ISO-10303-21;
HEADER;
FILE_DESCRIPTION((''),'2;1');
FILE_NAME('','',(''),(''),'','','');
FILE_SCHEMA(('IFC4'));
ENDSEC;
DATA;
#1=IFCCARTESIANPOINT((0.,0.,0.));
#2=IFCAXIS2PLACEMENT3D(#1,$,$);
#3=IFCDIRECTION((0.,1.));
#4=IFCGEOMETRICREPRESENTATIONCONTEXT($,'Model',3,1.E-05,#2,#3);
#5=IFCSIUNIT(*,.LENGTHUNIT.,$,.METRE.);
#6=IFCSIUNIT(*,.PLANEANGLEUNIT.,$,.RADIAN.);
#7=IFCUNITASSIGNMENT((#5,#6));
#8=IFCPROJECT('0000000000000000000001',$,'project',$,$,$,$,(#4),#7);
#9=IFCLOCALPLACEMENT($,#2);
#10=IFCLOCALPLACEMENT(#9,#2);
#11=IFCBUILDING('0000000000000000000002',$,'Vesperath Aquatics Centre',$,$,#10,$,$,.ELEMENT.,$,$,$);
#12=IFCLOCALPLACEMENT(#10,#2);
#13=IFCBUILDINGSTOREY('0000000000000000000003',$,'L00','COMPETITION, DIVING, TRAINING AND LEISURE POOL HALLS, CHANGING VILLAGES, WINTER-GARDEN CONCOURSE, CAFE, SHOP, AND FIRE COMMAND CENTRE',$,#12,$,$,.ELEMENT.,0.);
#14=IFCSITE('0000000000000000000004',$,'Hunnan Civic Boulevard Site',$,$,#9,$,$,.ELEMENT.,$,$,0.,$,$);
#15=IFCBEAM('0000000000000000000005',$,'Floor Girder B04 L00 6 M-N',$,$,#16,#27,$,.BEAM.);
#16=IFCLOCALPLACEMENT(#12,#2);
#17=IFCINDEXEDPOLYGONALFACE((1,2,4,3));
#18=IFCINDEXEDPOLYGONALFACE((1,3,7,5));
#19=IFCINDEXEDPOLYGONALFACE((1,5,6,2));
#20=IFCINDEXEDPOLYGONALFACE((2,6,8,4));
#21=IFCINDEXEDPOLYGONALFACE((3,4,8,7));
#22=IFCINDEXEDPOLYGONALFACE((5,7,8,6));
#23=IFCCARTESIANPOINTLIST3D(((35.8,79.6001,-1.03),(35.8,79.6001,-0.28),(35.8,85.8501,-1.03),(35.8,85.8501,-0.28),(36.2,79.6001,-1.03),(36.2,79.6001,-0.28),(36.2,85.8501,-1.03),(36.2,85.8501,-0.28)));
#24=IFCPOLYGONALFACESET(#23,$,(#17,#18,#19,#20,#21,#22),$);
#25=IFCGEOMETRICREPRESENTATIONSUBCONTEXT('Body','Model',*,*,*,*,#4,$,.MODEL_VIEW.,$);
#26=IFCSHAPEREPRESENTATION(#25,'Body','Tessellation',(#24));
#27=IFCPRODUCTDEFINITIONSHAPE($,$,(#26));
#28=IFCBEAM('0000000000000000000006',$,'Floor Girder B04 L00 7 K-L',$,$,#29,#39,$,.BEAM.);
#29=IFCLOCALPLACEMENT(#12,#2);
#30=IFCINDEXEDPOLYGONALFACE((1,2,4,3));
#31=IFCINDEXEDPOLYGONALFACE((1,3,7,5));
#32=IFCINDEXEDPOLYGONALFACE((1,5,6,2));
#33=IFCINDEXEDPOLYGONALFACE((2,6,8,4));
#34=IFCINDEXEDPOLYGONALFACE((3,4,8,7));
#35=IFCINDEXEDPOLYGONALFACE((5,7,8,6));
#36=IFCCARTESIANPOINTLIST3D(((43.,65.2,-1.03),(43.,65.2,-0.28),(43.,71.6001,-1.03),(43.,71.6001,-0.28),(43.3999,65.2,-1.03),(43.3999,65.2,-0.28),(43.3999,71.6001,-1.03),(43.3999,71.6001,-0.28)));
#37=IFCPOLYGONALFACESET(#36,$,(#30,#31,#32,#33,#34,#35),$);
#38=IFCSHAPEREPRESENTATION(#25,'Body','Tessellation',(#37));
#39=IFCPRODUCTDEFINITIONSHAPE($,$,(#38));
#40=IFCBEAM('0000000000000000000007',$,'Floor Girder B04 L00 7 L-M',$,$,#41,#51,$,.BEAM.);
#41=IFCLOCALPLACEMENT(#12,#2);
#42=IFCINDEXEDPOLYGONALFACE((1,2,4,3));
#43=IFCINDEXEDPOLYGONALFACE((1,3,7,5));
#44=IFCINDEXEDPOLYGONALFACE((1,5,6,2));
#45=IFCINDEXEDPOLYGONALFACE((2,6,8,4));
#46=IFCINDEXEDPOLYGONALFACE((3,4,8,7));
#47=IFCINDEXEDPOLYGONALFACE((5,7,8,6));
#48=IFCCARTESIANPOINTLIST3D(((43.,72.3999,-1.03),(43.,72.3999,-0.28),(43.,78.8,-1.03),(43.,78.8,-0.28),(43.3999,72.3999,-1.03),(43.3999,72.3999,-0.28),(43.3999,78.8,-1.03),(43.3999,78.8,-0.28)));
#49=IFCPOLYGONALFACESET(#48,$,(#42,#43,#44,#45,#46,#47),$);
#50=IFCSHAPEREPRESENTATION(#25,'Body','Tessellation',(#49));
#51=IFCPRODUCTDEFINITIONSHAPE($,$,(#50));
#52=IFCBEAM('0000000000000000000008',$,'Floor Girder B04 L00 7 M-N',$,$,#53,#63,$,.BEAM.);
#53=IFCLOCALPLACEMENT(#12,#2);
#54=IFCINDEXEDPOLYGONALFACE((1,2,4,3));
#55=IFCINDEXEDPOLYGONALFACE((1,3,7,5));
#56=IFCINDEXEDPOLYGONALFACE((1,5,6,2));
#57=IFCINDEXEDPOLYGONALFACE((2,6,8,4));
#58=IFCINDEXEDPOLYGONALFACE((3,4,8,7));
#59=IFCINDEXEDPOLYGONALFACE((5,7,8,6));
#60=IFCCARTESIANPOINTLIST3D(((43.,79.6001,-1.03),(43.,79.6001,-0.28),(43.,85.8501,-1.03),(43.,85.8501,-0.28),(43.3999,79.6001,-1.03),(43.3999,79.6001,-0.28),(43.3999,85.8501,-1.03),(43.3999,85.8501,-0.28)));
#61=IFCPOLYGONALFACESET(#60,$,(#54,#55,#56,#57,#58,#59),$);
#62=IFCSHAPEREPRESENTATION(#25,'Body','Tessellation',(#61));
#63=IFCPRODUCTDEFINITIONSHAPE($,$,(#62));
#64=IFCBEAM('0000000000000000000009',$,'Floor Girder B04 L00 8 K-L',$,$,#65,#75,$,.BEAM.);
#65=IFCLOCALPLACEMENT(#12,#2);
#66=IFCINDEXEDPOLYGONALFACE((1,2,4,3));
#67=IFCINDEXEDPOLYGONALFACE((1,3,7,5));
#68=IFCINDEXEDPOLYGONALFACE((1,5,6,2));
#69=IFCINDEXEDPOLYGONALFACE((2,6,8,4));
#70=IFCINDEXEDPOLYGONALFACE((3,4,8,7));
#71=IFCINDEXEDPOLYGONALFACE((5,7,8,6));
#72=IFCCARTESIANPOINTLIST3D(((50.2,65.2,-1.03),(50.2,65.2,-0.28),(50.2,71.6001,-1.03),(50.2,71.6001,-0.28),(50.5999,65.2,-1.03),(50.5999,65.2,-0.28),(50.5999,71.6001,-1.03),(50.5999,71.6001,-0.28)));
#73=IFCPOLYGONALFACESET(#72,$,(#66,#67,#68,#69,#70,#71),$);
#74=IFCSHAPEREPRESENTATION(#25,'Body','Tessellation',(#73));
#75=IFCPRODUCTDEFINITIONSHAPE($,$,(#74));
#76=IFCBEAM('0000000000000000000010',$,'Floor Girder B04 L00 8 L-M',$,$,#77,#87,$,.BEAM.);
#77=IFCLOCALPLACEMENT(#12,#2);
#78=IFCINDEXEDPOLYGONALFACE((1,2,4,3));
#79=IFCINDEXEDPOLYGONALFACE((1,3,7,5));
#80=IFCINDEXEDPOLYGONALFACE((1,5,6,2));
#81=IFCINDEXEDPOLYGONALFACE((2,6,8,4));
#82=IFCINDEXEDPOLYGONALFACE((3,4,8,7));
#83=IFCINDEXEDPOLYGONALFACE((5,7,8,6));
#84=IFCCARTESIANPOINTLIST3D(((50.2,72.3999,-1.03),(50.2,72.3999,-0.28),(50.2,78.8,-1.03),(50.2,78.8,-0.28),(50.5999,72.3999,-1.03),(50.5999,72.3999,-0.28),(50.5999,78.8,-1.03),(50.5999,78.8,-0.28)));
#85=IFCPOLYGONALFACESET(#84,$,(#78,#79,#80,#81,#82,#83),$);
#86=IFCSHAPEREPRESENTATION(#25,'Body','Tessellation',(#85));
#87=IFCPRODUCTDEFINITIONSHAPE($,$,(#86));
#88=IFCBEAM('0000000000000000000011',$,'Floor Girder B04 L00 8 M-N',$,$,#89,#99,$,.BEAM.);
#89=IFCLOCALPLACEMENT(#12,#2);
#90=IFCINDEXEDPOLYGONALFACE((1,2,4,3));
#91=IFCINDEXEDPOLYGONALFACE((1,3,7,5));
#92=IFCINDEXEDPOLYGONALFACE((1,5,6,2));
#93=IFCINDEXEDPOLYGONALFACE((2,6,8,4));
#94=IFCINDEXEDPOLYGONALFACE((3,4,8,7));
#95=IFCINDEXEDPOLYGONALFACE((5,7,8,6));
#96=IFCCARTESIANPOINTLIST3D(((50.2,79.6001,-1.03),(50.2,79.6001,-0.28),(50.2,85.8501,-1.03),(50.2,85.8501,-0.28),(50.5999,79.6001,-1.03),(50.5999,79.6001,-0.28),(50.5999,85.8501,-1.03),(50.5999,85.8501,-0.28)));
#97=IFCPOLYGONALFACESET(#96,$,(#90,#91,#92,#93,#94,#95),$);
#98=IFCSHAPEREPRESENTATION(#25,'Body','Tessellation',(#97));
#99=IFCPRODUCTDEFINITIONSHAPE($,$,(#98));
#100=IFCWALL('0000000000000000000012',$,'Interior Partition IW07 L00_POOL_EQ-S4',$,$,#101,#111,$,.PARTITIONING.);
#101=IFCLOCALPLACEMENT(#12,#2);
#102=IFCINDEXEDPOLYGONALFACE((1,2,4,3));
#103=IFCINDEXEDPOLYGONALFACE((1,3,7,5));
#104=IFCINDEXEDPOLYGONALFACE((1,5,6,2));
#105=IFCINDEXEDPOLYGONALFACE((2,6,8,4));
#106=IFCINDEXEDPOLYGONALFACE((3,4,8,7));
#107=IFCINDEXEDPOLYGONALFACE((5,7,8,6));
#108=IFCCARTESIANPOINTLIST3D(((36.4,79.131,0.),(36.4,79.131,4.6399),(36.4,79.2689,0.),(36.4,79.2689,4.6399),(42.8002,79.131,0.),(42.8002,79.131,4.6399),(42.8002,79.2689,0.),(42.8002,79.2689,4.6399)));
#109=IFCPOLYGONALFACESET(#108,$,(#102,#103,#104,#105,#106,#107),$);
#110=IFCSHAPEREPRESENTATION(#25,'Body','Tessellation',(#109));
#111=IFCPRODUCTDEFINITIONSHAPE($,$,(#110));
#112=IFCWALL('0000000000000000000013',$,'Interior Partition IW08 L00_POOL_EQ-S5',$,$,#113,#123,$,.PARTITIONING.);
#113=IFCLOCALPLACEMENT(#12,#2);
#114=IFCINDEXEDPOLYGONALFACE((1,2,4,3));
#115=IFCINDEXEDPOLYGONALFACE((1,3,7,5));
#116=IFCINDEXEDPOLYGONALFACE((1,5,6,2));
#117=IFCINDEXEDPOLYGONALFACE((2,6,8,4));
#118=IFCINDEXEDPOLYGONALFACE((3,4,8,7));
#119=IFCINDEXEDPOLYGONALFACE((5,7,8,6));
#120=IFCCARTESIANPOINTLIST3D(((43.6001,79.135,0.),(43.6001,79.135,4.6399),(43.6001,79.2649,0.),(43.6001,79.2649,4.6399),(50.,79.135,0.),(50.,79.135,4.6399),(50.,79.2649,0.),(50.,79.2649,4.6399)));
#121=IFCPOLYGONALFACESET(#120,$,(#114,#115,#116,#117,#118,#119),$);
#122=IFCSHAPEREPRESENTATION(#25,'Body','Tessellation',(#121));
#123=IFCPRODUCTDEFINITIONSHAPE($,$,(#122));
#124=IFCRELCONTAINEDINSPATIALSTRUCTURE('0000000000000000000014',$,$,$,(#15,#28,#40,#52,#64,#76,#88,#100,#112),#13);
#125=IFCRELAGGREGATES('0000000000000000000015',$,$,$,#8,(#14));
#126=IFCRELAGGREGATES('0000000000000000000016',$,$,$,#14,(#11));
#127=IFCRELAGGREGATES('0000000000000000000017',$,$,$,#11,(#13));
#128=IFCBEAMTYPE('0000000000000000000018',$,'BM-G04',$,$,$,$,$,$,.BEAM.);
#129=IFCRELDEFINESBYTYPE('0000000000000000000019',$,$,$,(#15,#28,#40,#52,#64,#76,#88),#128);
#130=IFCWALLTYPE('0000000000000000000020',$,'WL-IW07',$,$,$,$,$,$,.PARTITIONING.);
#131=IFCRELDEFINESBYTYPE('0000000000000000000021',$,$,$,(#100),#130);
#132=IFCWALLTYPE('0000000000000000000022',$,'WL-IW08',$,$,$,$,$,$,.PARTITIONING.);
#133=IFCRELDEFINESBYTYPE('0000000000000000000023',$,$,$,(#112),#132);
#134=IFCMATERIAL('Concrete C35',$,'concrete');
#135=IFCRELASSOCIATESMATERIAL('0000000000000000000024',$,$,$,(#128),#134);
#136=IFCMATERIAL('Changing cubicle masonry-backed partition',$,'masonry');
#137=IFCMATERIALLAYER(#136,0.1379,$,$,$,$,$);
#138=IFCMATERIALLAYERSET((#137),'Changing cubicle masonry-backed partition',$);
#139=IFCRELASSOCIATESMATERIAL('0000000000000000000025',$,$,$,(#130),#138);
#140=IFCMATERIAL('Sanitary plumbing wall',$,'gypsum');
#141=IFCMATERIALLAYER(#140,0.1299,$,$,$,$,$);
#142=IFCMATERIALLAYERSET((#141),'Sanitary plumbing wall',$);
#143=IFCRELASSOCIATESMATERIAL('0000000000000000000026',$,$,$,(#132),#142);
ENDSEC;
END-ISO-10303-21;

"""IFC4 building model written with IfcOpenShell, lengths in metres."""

from ifc_helpers import new_model, si_unit, direction, frame, frame_2d, origin, origin_2d, place, context, subcontext, project, spatial, rectangle, extrude, material, layer, layer_set, material_profile, profile_set, type_object, element, save


model = new_model("IFC4")

# Units and contexts
model_context = context("Model", 3, precision=1e-05, world=origin(), true_north=direction((0.0, 1.0)))
body_context = subcontext(model_context, "Body", "Model", "MODEL_VIEW")
ifc_project = project(units=[si_unit("LENGTHUNIT", "METRE"), si_unit("PLANEANGLEUNIT", "RADIAN")], contexts=[model_context])

# Site, building, storey
site_placement = place(None, origin())
site = spatial("IfcSite", under=ifc_project, at=site_placement, Name="Hunnan Civic Boulevard Site", CompositionType="ELEMENT", RefElevation=0.0)
building_placement = place(site_placement, origin())
building = spatial("IfcBuilding", under=site, at=building_placement, Name="Vesperath Aquatics Centre", CompositionType="ELEMENT")
storey_placement = place(building_placement, origin())
storey = spatial("IfcBuildingStorey", under=building, at=storey_placement, Name="L00", Description="COMPETITION, DIVING, TRAINING AND LEISURE POOL HALLS, CHANGING VILLAGES, WINTER-GARDEN CONCOURSE, CAFE, SHOP, AND FIRE COMMAND CENTRE", CompositionType="ELEMENT", Elevation=0.0)

# Shared definitions
ifc_material_1 = material(Name="Concrete C35", Category="concrete")

# Beams
ifc_material_profile_1 = material_profile(ifc_material_1, rectangle(XDim=0.3999, YDim=0.75, at=origin_2d()), Name="RC 400x750")
ifc_profile_set_1 = profile_set([ifc_material_profile_1], Name="Concrete C35")
beam_type_1 = type_object("IfcBeamType", Name="BM-G04", PredefinedType="BEAM", material=ifc_profile_set_1)
beam_1_placement = place(storey_placement, frame((36.0, 79.6001, -0.655), z_axis=(0.0, 1.0, 0.0), x_axis=(-1.0, 0.0, 0.0)))
element("IfcBeam", 1, at=beam_1_placement, inside=storey, type_object=beam_type_1, Name="Floor Girder B04 L00 6 M-N", PredefinedType="BEAM", context=body_context, shape_type="SweptSolid", body=[
    extrude(rectangle(XDim=0.3999, YDim=0.75, at=origin_2d()), origin(), (0.0, 0.0, 1.0), 6.25),
])
for number, where, z_axis, x_axis, name in (
    (2, (43.2, 65.2, -0.655), (0.0, 1.0, 0.0), (-1.0, 0.0, 0.0), "Floor Girder B04 L00 7 K-L"),
    (3, (43.2, 72.3999, -0.655), (0.0, 1.0, 0.0), (-1.0, 0.0, 0.0), "Floor Girder B04 L00 7 L-M"),
):
    element("IfcBeam", number, at=place(storey_placement, frame(where, z_axis=z_axis, x_axis=x_axis)), inside=storey, type_object=beam_type_1, Name=name, PredefinedType="BEAM", context=body_context, shape_type="SweptSolid", body=[
        extrude(rectangle(XDim=0.3999, YDim=0.75, at=origin_2d()), origin(), (0.0, 0.0, 1.0), 6.4001),
    ])
beam_2_placement = place(storey_placement, frame((43.2, 79.6001, -0.655), z_axis=(0.0, 1.0, 0.0), x_axis=(-1.0, 0.0, 0.0)))
element("IfcBeam", 4, at=beam_2_placement, inside=storey, type_object=beam_type_1, Name="Floor Girder B04 L00 7 M-N", PredefinedType="BEAM", context=body_context, shape_type="SweptSolid", body=[
    extrude(rectangle(XDim=0.3999, YDim=0.75, at=origin_2d()), origin(), (0.0, 0.0, 1.0), 6.25),
])
for number, where, z_axis, x_axis, name in (
    (5, (50.3999, 65.2, -0.655), (0.0, 1.0, 0.0), (-1.0, 0.0, 0.0), "Floor Girder B04 L00 8 K-L"),
    (6, (50.3999, 72.3999, -0.655), (0.0, 1.0, 0.0), (-1.0, 0.0, 0.0), "Floor Girder B04 L00 8 L-M"),
):
    element("IfcBeam", number, at=place(storey_placement, frame(where, z_axis=z_axis, x_axis=x_axis)), inside=storey, type_object=beam_type_1, Name=name, PredefinedType="BEAM", context=body_context, shape_type="SweptSolid", body=[
        extrude(rectangle(XDim=0.3999, YDim=0.75, at=origin_2d()), origin(), (0.0, 0.0, 1.0), 6.4001),
    ])
beam_3_placement = place(storey_placement, frame((50.3999, 79.6001, -0.655), z_axis=(0.0, 1.0, 0.0), x_axis=(-1.0, 0.0, 0.0)))
element("IfcBeam", 7, at=beam_3_placement, inside=storey, type_object=beam_type_1, Name="Floor Girder B04 L00 8 M-N", PredefinedType="BEAM", context=body_context, shape_type="SweptSolid", body=[
    extrude(rectangle(XDim=0.3999, YDim=0.75, at=origin_2d()), origin(), (0.0, 0.0, 1.0), 6.25),
])

# Walls
ifc_material_2 = material(Name="Changing cubicle masonry-backed partition", Category="masonry")
ifc_layer_1 = layer(ifc_material_2, 0.1379)
ifc_layer_set_1 = layer_set([ifc_layer_1], Name="Changing cubicle masonry-backed partition")
wall_type_1 = type_object("IfcWallType", Name="WL-IW07", PredefinedType="PARTITIONING", material=ifc_layer_set_1)
wall_1_placement = place(storey_placement, frame((36.3999, 79.2, 0.0), z_axis=(0.0, 0.0, 1.0), x_axis=(1.0, 0.0, 0.0)))
element("IfcWall", 8, at=wall_1_placement, inside=storey, type_object=wall_type_1, Name="Interior Partition IW07 L00_POOL_EQ-S4", PredefinedType="PARTITIONING", context=body_context, shape_type="SweptSolid", body=[
    extrude(rectangle(XDim=6.4001, YDim=0.1379, at=frame_2d((3.2002, 0.0))), origin(), (0.0, 0.0, 1.0), 4.6399),
])
ifc_material_3 = material(Name="Sanitary plumbing wall", Category="gypsum")
ifc_layer_2 = layer(ifc_material_3, 0.1299)
ifc_layer_set_2 = layer_set([ifc_layer_2], Name="Sanitary plumbing wall")
wall_type_2 = type_object("IfcWallType", Name="WL-IW08", PredefinedType="PARTITIONING", material=ifc_layer_set_2)
wall_2_placement = place(storey_placement, frame((43.6001, 79.2, 0.0), z_axis=(0.0, 0.0, 1.0), x_axis=(1.0, 0.0, 0.0)))
element("IfcWall", 9, at=wall_2_placement, inside=storey, type_object=wall_type_2, Name="Interior Partition IW08 L00_POOL_EQ-S5", PredefinedType="PARTITIONING", context=body_context, shape_type="SweptSolid", body=[
    extrude(rectangle(XDim=6.3999, YDim=0.1299, at=frame_2d((3.2, 0.0))), origin(), (0.0, 0.0, 1.0), 4.6399),
])

save(model, "model.ifc")
